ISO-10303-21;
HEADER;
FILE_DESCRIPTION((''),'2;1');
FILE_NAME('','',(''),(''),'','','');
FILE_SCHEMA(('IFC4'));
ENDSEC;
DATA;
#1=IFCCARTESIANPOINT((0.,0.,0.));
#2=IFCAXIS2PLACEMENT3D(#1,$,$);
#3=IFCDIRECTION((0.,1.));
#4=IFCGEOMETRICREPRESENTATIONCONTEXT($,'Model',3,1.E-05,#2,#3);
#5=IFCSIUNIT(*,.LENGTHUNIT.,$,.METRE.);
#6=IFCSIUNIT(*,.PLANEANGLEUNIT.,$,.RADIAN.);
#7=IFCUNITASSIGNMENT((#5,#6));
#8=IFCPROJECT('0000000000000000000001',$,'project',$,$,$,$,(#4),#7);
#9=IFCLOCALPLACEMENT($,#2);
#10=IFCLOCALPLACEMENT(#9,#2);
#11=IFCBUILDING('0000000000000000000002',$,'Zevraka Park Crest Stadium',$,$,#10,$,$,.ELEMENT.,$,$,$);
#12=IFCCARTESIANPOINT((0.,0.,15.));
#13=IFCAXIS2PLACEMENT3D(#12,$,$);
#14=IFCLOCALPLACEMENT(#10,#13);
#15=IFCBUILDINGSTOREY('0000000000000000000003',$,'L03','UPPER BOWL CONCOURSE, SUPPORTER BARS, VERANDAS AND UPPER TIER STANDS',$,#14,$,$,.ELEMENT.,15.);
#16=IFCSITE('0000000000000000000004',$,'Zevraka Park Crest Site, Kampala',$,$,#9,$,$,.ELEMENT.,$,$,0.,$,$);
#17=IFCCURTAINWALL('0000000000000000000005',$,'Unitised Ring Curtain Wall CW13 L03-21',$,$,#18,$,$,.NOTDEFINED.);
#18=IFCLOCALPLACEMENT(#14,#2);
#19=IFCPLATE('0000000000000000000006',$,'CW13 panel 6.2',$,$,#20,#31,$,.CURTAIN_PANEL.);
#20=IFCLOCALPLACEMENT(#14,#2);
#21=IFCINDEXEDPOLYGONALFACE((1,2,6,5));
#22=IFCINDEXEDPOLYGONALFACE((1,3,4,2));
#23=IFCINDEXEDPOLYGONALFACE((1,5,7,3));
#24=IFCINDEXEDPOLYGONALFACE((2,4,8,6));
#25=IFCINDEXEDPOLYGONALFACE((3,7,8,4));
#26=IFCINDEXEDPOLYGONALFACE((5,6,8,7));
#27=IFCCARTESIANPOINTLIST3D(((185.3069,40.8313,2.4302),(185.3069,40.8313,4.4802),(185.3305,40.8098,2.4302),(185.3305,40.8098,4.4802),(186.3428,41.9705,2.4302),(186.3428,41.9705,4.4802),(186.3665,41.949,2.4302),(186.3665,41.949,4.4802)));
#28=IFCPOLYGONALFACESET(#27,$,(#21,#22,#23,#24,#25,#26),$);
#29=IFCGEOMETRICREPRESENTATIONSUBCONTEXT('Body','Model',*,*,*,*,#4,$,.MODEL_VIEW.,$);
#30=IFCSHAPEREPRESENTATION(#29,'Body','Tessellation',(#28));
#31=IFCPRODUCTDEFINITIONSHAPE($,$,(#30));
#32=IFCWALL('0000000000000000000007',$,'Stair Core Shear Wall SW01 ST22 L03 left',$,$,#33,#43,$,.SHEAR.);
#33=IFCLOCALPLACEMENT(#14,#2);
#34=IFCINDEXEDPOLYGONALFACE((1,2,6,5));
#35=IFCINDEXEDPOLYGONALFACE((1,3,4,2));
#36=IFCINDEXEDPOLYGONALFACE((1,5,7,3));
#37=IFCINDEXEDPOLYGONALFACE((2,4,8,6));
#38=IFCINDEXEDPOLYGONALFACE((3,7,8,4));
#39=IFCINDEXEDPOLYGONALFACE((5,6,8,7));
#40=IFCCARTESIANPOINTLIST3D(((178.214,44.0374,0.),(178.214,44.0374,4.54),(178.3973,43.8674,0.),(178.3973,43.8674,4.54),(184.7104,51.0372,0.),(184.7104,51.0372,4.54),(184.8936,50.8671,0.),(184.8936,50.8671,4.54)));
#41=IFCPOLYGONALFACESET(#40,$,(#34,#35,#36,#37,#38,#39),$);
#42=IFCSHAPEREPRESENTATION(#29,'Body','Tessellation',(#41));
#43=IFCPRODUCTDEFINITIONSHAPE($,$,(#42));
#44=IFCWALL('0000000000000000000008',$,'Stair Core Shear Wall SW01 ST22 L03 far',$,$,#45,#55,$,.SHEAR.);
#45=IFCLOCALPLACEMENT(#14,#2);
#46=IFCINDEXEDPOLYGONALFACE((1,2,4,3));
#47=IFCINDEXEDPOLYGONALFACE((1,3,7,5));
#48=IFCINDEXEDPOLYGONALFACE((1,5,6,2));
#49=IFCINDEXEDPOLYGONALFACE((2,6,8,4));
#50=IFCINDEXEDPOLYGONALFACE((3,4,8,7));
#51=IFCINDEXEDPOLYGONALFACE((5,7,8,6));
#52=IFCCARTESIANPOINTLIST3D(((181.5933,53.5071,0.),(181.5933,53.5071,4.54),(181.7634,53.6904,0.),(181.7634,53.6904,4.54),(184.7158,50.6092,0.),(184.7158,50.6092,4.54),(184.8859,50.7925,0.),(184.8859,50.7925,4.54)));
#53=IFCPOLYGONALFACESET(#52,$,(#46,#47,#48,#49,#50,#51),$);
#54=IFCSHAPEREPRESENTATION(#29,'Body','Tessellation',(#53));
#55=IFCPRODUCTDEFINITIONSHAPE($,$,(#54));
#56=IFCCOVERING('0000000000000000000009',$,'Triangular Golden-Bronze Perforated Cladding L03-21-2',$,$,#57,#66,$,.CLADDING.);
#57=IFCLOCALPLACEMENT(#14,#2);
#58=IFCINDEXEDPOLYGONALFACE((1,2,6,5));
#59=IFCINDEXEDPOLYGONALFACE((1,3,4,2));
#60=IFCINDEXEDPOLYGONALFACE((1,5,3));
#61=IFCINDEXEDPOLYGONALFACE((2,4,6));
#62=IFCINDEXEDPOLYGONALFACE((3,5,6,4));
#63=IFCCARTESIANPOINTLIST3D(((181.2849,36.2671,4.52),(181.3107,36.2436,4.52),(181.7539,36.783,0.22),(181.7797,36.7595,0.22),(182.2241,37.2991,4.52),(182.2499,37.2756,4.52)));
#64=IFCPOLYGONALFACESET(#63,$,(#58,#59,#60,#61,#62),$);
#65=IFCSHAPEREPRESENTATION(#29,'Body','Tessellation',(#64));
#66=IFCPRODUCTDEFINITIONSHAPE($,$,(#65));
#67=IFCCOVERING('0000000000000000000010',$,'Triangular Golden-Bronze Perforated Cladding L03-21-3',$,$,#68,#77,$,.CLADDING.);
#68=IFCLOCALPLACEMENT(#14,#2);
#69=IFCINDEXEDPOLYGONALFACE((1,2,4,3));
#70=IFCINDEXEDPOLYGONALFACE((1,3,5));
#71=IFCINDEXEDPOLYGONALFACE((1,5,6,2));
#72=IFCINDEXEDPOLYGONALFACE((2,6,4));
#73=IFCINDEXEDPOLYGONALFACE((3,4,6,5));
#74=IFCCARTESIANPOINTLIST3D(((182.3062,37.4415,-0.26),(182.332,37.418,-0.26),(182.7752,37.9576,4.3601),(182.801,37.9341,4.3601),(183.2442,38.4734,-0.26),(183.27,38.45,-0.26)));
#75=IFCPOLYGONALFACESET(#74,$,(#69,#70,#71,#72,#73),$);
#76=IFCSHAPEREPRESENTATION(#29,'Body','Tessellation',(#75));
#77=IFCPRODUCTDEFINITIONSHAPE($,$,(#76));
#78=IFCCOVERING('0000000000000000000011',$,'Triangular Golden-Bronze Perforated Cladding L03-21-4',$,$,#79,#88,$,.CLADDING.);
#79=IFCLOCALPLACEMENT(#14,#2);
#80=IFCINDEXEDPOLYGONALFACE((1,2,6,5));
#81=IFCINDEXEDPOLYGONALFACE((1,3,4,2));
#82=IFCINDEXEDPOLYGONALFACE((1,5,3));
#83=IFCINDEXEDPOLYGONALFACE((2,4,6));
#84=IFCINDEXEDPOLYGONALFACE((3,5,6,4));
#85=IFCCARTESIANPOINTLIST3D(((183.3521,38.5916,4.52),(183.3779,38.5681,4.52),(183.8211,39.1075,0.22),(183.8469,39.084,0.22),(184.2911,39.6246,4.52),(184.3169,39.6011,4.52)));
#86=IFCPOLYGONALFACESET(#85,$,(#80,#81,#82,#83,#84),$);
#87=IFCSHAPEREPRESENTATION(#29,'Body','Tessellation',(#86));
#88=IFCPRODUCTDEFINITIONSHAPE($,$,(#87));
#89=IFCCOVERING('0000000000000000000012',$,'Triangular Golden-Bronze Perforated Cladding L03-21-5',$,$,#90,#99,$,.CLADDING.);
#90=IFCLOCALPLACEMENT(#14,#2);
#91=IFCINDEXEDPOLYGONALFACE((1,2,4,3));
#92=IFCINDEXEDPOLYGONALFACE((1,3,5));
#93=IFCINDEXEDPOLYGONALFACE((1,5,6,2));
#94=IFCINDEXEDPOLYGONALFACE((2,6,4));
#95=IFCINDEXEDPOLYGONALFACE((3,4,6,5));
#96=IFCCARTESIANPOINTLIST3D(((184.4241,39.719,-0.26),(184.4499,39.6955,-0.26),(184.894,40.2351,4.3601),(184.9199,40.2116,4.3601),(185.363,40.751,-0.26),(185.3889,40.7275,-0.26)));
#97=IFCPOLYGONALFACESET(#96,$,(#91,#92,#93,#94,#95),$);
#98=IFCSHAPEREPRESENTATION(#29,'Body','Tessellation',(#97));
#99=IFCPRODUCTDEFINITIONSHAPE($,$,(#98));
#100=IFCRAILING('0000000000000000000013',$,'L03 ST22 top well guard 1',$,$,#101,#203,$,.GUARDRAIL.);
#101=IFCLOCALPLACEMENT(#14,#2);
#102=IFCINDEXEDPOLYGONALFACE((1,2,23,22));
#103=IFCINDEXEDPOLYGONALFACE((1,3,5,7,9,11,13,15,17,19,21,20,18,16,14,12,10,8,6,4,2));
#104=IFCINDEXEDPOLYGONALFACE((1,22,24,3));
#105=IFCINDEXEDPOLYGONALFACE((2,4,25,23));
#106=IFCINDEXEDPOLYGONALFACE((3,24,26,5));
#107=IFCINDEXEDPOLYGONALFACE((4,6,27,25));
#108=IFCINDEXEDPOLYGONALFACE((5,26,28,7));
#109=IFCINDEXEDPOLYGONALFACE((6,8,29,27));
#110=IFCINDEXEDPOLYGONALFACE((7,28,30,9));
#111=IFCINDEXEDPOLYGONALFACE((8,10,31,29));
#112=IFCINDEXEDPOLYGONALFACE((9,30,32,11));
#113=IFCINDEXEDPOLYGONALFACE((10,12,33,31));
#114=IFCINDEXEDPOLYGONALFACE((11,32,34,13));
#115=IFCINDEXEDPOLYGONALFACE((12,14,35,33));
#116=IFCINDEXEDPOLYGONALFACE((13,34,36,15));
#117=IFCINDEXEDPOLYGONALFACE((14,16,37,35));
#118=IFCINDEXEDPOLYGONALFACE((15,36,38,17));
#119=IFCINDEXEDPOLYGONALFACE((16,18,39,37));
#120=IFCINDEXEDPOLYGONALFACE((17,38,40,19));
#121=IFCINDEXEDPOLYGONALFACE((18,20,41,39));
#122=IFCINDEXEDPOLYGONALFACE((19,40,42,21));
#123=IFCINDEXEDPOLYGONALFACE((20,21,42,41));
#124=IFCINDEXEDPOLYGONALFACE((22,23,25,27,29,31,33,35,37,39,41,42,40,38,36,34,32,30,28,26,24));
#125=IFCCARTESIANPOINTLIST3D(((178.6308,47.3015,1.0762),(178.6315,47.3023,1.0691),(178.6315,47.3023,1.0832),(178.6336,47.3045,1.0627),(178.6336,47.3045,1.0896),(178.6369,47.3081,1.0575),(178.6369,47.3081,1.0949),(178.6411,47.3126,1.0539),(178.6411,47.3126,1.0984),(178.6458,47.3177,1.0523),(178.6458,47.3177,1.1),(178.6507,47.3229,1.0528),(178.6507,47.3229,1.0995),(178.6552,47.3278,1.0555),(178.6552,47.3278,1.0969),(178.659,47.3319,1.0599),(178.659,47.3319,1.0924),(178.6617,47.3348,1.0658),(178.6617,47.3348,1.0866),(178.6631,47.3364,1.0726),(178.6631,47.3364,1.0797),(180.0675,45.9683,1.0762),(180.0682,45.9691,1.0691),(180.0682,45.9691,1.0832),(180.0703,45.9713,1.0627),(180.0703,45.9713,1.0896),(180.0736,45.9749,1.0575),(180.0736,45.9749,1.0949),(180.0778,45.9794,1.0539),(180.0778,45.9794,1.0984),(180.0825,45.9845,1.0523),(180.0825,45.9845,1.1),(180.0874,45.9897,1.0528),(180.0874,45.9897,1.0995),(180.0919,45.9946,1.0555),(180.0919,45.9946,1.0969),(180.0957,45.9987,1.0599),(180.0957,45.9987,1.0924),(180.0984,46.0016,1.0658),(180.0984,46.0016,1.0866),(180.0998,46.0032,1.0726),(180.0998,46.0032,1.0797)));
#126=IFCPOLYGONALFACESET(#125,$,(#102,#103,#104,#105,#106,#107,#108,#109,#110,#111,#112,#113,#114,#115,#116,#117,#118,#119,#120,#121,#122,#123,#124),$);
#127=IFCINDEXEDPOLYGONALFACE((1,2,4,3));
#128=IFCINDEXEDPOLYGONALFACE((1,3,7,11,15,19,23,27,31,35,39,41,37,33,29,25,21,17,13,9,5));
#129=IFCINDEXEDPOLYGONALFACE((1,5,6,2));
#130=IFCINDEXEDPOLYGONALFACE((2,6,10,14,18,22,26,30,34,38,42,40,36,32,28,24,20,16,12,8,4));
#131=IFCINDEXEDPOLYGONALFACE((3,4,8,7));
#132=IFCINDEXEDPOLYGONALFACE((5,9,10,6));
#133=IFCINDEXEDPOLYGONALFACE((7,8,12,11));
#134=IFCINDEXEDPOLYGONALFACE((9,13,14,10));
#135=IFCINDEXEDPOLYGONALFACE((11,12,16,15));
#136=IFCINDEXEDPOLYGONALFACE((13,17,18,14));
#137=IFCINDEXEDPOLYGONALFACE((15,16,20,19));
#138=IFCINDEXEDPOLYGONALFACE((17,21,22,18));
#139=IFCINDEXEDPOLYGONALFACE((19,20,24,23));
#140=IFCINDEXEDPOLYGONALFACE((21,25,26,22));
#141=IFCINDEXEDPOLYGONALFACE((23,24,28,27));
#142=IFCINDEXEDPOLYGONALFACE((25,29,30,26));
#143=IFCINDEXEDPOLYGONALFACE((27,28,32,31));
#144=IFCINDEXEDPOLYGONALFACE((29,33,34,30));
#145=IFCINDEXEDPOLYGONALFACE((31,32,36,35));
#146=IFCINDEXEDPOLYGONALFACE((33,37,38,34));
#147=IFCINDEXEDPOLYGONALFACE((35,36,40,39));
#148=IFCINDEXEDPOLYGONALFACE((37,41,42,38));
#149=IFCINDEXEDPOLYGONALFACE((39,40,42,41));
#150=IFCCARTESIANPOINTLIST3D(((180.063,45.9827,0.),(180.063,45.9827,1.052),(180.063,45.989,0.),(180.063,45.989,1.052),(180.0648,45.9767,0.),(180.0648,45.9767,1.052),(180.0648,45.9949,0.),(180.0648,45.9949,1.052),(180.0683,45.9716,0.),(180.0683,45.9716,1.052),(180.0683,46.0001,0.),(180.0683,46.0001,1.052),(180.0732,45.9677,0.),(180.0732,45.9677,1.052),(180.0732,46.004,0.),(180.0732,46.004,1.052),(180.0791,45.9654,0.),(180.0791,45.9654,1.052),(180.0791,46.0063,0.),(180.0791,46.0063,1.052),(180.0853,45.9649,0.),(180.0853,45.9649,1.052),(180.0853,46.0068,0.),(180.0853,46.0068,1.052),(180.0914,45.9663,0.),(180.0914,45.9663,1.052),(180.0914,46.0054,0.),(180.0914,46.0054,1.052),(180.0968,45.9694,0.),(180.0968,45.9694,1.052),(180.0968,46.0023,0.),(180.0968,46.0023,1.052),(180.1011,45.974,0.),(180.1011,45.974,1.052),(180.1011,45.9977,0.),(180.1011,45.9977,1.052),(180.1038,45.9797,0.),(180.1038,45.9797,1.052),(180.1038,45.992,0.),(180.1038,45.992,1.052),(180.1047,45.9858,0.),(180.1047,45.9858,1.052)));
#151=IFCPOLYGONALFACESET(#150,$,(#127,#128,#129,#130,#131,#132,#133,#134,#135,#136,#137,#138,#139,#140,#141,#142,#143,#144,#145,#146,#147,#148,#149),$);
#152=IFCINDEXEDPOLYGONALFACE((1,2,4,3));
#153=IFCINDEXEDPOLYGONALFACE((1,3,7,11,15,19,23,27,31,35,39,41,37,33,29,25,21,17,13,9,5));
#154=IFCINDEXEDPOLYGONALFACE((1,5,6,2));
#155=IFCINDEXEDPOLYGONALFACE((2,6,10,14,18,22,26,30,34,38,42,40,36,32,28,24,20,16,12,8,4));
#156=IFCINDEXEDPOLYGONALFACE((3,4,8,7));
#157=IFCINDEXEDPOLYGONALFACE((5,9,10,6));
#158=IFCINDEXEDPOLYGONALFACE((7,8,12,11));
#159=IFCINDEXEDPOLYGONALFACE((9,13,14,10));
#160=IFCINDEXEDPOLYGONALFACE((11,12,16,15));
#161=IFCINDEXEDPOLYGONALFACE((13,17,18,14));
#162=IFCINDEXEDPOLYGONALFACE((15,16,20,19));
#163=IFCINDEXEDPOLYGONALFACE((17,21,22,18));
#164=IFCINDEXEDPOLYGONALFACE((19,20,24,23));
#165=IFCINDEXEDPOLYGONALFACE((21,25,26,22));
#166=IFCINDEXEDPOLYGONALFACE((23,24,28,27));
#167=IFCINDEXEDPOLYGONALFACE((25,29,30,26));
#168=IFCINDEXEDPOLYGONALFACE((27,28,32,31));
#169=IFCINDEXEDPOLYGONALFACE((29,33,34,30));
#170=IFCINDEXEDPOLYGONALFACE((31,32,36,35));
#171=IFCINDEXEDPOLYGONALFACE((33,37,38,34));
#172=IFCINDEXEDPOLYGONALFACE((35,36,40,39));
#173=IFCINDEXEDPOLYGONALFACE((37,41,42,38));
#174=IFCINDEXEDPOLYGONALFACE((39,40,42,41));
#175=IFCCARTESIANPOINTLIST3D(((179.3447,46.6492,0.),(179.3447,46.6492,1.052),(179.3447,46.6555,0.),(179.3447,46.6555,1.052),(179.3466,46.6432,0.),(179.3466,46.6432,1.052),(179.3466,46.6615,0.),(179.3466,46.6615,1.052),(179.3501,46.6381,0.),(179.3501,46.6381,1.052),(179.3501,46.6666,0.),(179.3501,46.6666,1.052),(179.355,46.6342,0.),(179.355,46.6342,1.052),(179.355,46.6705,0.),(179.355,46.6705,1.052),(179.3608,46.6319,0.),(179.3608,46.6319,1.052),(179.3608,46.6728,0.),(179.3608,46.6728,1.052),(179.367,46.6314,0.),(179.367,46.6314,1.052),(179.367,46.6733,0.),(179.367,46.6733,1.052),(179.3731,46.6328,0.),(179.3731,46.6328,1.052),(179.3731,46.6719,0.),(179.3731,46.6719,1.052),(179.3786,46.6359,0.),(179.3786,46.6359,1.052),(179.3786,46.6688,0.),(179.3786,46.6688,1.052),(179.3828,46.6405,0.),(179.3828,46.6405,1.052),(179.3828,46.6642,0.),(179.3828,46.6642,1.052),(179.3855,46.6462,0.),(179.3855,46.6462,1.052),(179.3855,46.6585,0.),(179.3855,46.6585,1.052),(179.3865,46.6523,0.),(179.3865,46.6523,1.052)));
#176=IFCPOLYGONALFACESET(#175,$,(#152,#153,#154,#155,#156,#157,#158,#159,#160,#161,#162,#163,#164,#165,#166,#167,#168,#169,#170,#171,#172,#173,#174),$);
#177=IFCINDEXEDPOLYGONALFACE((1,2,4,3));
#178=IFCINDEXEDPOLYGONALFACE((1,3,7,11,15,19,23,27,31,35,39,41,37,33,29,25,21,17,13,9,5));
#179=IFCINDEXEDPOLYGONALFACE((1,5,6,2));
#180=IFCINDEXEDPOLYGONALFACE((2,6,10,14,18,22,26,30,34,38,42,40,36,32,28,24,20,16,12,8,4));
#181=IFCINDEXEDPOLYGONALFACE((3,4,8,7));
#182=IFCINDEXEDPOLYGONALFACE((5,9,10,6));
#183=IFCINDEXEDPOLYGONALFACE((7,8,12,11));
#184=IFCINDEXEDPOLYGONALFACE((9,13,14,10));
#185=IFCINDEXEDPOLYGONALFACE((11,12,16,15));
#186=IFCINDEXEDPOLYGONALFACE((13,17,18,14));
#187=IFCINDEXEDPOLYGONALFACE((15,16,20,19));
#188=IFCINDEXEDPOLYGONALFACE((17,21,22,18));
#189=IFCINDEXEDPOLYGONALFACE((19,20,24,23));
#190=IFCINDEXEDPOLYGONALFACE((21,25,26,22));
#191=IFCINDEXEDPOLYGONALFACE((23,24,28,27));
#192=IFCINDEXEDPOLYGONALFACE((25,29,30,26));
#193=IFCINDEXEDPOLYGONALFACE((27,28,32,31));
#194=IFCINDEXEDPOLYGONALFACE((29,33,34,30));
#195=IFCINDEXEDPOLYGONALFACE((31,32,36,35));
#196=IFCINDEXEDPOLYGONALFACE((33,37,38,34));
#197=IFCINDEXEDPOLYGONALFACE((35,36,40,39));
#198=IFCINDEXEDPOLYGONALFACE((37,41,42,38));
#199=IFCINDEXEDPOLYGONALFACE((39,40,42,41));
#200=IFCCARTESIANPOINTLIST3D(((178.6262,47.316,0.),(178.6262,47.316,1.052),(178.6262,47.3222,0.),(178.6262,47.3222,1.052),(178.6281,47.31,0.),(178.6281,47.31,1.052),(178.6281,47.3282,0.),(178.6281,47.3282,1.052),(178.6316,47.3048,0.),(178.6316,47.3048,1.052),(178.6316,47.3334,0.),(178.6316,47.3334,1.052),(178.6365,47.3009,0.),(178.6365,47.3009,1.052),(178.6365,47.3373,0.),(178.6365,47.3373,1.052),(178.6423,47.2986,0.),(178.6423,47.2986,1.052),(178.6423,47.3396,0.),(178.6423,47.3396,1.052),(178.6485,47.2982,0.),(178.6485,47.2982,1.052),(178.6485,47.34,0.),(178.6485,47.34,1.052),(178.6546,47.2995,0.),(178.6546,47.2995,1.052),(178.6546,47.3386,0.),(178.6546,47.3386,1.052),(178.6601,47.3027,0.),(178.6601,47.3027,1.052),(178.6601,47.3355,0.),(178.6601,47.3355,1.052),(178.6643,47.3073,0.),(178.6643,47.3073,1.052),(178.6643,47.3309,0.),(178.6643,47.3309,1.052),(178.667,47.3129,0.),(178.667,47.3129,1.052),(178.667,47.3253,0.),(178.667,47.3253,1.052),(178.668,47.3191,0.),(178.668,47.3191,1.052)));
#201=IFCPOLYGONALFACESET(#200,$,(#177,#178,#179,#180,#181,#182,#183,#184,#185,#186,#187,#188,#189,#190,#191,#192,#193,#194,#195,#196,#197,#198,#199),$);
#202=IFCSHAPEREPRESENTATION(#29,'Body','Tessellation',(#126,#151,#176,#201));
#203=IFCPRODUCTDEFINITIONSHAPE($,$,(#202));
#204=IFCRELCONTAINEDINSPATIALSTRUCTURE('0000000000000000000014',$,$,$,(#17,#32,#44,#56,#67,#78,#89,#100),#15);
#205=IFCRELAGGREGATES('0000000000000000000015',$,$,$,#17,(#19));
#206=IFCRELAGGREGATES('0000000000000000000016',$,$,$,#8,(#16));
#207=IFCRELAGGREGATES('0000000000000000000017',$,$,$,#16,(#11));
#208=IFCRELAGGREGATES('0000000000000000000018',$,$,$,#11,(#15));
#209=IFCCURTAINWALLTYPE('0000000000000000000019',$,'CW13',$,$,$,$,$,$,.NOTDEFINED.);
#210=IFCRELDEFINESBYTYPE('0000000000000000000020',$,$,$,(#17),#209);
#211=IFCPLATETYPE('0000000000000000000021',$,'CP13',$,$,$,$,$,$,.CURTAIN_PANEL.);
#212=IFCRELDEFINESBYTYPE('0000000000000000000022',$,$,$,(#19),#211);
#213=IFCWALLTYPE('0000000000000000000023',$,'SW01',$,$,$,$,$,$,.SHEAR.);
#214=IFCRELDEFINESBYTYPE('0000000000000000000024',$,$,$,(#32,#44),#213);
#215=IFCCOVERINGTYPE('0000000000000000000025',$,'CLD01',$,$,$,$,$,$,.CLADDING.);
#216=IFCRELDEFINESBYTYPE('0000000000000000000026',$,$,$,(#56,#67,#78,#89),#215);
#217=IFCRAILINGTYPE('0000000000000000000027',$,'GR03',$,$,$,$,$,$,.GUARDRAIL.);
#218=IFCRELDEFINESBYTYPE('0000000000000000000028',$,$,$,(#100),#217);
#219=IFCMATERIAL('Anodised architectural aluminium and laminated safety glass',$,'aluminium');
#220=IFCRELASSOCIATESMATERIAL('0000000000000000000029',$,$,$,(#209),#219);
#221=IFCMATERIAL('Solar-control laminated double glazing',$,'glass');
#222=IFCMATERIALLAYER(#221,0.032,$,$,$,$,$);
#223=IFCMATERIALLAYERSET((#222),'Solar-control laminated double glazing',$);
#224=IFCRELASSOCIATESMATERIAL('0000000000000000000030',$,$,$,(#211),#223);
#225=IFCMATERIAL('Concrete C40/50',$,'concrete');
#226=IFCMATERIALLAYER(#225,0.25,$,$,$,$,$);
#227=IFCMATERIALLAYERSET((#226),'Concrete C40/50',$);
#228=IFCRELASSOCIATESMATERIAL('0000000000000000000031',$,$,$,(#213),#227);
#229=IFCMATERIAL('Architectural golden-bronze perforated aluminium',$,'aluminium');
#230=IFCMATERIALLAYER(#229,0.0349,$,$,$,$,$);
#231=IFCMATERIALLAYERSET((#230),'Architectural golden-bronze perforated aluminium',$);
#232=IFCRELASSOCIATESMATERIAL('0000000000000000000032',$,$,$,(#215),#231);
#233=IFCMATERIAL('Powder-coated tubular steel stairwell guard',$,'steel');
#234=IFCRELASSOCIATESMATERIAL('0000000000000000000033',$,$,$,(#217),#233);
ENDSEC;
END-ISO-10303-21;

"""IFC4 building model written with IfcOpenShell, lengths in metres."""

from ifc_helpers import new_model, si_unit, direction, frame, frame_2d, origin, origin_2d, place, context, subcontext, project, spatial, polyline, rectangle, circle, outline, extrude, material, layer, layer_set, type_object, element, aggregate, save


model = new_model("IFC4")

# Units and contexts
model_context = context("Model", 3, precision=1e-05, world=origin(), true_north=direction((0.0, 1.0)))
body_context = subcontext(model_context, "Body", "Model", "MODEL_VIEW")
ifc_project = project(units=[si_unit("LENGTHUNIT", "METRE"), si_unit("PLANEANGLEUNIT", "RADIAN")], contexts=[model_context])

# Site, building, storey
site_placement = place(None, origin())
site = spatial("IfcSite", under=ifc_project, at=site_placement, Name="Zevraka Park Crest Site, Kampala", CompositionType="ELEMENT", RefElevation=0.0)
building_placement = place(site_placement, origin())
building = spatial("IfcBuilding", under=site, at=building_placement, Name="Zevraka Park Crest Stadium", CompositionType="ELEMENT")
storey_placement = place(building_placement, frame((0.0, 0.0, 15.0)))
storey = spatial("IfcBuildingStorey", under=building, at=storey_placement, Name="L03", Description="UPPER BOWL CONCOURSE, SUPPORTER BARS, VERANDAS AND UPPER TIER STANDS", CompositionType="ELEMENT", Elevation=15.0)

# Curtain wall
ifc_material_1 = material(Name="Anodised architectural aluminium and laminated safety glass", Category="aluminium")
curtain_wall_type = type_object("IfcCurtainWallType", Name="CW13", PredefinedType="NOTDEFINED", material=ifc_material_1)
curtain_wall_placement = place(storey_placement, origin())
curtain_wall = element("IfcCurtainWall", 1, at=curtain_wall_placement, inside=storey, type_object=curtain_wall_type, Name="Unitised Ring Curtain Wall CW13 L03-21", PredefinedType="NOTDEFINED")

# Plate
ifc_material_2 = material(Name="Solar-control laminated double glazing", Category="glass")
ifc_layer_1 = layer(ifc_material_2, 0.032)
ifc_layer_set_1 = layer_set([ifc_layer_1], Name="Solar-control laminated double glazing")
plate_type = type_object("IfcPlateType", Name="CP13", PredefinedType="CURTAIN_PANEL", material=ifc_layer_set_1)
plate_1_placement = place(storey_placement, frame((185.8367, 41.3901, 2.4302), z_axis=(0.0, 0.0, 1.0), x_axis=(0.672802, 0.739823, 0.0)))
plate_1 = element("IfcPlate", 2, at=plate_1_placement, type_object=plate_type, Name="CW13 panel 6.2", PredefinedType="CURTAIN_PANEL", context=body_context, shape_type="SweptSolid", body=[
    extrude(rectangle(XDim=1.5398, YDim=0.032, at=origin_2d()), origin(), (0.0, 0.0, 1.0), 2.05),
])
aggregate(curtain_wall, [plate_1])

# Walls
ifc_material_3 = material(Name="Concrete C40/50", Category="concrete")
ifc_layer_2 = layer(ifc_material_3, 0.25)
ifc_layer_set_2 = layer_set([ifc_layer_2], Name="Concrete C40/50")
wall_type = type_object("IfcWallType", Name="SW01", PredefinedType="SHEAR", material=ifc_layer_set_2)
wall_1_placement = place(storey_placement, frame((178.3057, 43.9524, 0.0), z_axis=(0.0, 0.0, 1.0), x_axis=(0.680258, 0.732973, 0.0)))
element("IfcWall", 3, at=wall_1_placement, inside=storey, type_object=wall_type, Name="Stair Core Shear Wall SW01 ST22 L03 left", PredefinedType="SHEAR", context=body_context, shape_type="SweptSolid", body=[
    extrude(rectangle(XDim=9.5498, YDim=0.25, at=frame_2d((4.7749, 0.0))), origin(), (0.0, 0.0, 1.0), 4.54),
])
wall_2_placement = place(storey_placement, frame((184.8008, 50.7009, 0.0), z_axis=(0.0, 0.0, 1.0), x_axis=(-0.732977, 0.680253, 0.0)))
element("IfcWall", 4, at=wall_2_placement, inside=storey, type_object=wall_type, Name="Stair Core Shear Wall SW01 ST22 L03 far", PredefinedType="SHEAR", context=body_context, shape_type="SweptSolid", body=[
    extrude(rectangle(XDim=4.26, YDim=0.25, at=frame_2d((2.1299, 0.0))), origin(), (0.0, 0.0, 1.0), 4.54),
])

# Coverings
ifc_material_4 = material(Name="Architectural golden-bronze perforated aluminium", Category="aluminium")
ifc_layer_3 = layer(ifc_material_4, 0.0349)
ifc_layer_set_3 = layer_set([ifc_layer_3], Name="Architectural golden-bronze perforated aluminium")
covering_type = type_object("IfcCoveringType", Name="CLD01", PredefinedType="CLADDING", material=ifc_layer_set_3)
covering_1_placement = place(storey_placement, frame((182.2241, 37.2991, 4.52), z_axis=(-0.739568, 0.673082, 0.000086), x_axis=(-0.673082, -0.739568, 0.0)))
element("IfcCovering", 5, at=covering_1_placement, inside=storey, type_object=covering_type, Name="Triangular Golden-Bronze Perforated Cladding L03-21-2", PredefinedType="CLADDING", context=body_context, shape_type="SweptSolid", body=[
    extrude(outline(polyline([(0.0, 0.0), (1.3954, 0.0), (0.6982, -4.3), (0.0, 0.0)])), origin(), (0.0, 0.0, -1.0), 0.0349),
])
covering_2_placement = place(storey_placement, frame((182.332, 37.418, -0.26), z_axis=(0.740003, -0.672603, 0.000018), x_axis=(0.672603, 0.740003, 0.0)))
element("IfcCovering", 6, at=covering_2_placement, inside=storey, type_object=covering_type, Name="Triangular Golden-Bronze Perforated Cladding L03-21-3", PredefinedType="CLADDING", context=body_context, shape_type="SweptSolid", body=[
    extrude(outline(polyline([(0.0, 0.0), (1.3946, 0.0), (0.6974, 4.6201), (0.0, 0.0)])), origin(), (0.0, 0.0, -1.0), 0.0349),
])
covering_3_placement = place(storey_placement, frame((184.3169, 39.6011, 4.52), z_axis=(0.739972, -0.672638, 0.000011), x_axis=(-0.672638, -0.739972, 0.0)))
element("IfcCovering", 7, at=covering_3_placement, inside=storey, type_object=covering_type, Name="Triangular Golden-Bronze Perforated Cladding L03-21-4", PredefinedType="CLADDING", context=body_context, shape_type="SweptSolid", body=[
    extrude(outline(polyline([(0.0, 0.0), (1.3959, 0.0), (0.6988, 4.3), (0.0, 0.0)])), origin(), (0.0, 0.0, -1.0), 0.0349),
])
covering_4_placement = place(storey_placement, frame((184.4241, 39.719, -0.26), z_axis=(-0.739655, 0.672986, 0.00006), x_axis=(0.672986, 0.739655, 0.0)))
element("IfcCovering", 8, at=covering_4_placement, inside=storey, type_object=covering_type, Name="Triangular Golden-Bronze Perforated Cladding L03-21-5", PredefinedType="CLADDING", context=body_context, shape_type="SweptSolid", body=[
    extrude(outline(polyline([(0.0, 0.0), (1.3952, 0.0), (0.698, -4.6201), (0.0, 0.0)])), origin(), (0.0, 0.0, -1.0), 0.0349),
])

# Railing
ifc_material_5 = material(Name="Powder-coated tubular steel stairwell guard", Category="steel")
railing_type = type_object("IfcRailingType", Name="GR03", PredefinedType="GUARDRAIL", material=ifc_material_5)
railing_placement = place(storey_placement, frame((180.0837, 45.9858, 0.0)))
element("IfcRailing", 9, at=railing_placement, inside=storey, type_object=railing_type, Name="L03 ST22 top well guard 1", PredefinedType="GUARDRAIL", context=body_context, shape_type="SweptSolid", body=[
    extrude(circle(Radius=0.0239, at=origin_2d()), frame((0.0, 0.0, 1.0762), z_axis=(-0.73302, 0.680207, 0.0), x_axis=(-0.680207, -0.73302, 0.0)), (0.0, 0.0, 1.0), 1.96),
    extrude(circle(Radius=0.021, at=origin_2d()), origin(), (0.0, 0.0, 1.0), 1.052),
    extrude(circle(Radius=0.021, at=origin_2d()), frame((-0.7183, 0.6665, 0.0)), (0.0, 0.0, 1.0), 1.052),
    extrude(circle(Radius=0.021, at=origin_2d()), frame((-1.4368, 1.3333, 0.0)), (0.0, 0.0, 1.0), 1.052),
])

save(model, "model.ifc")
